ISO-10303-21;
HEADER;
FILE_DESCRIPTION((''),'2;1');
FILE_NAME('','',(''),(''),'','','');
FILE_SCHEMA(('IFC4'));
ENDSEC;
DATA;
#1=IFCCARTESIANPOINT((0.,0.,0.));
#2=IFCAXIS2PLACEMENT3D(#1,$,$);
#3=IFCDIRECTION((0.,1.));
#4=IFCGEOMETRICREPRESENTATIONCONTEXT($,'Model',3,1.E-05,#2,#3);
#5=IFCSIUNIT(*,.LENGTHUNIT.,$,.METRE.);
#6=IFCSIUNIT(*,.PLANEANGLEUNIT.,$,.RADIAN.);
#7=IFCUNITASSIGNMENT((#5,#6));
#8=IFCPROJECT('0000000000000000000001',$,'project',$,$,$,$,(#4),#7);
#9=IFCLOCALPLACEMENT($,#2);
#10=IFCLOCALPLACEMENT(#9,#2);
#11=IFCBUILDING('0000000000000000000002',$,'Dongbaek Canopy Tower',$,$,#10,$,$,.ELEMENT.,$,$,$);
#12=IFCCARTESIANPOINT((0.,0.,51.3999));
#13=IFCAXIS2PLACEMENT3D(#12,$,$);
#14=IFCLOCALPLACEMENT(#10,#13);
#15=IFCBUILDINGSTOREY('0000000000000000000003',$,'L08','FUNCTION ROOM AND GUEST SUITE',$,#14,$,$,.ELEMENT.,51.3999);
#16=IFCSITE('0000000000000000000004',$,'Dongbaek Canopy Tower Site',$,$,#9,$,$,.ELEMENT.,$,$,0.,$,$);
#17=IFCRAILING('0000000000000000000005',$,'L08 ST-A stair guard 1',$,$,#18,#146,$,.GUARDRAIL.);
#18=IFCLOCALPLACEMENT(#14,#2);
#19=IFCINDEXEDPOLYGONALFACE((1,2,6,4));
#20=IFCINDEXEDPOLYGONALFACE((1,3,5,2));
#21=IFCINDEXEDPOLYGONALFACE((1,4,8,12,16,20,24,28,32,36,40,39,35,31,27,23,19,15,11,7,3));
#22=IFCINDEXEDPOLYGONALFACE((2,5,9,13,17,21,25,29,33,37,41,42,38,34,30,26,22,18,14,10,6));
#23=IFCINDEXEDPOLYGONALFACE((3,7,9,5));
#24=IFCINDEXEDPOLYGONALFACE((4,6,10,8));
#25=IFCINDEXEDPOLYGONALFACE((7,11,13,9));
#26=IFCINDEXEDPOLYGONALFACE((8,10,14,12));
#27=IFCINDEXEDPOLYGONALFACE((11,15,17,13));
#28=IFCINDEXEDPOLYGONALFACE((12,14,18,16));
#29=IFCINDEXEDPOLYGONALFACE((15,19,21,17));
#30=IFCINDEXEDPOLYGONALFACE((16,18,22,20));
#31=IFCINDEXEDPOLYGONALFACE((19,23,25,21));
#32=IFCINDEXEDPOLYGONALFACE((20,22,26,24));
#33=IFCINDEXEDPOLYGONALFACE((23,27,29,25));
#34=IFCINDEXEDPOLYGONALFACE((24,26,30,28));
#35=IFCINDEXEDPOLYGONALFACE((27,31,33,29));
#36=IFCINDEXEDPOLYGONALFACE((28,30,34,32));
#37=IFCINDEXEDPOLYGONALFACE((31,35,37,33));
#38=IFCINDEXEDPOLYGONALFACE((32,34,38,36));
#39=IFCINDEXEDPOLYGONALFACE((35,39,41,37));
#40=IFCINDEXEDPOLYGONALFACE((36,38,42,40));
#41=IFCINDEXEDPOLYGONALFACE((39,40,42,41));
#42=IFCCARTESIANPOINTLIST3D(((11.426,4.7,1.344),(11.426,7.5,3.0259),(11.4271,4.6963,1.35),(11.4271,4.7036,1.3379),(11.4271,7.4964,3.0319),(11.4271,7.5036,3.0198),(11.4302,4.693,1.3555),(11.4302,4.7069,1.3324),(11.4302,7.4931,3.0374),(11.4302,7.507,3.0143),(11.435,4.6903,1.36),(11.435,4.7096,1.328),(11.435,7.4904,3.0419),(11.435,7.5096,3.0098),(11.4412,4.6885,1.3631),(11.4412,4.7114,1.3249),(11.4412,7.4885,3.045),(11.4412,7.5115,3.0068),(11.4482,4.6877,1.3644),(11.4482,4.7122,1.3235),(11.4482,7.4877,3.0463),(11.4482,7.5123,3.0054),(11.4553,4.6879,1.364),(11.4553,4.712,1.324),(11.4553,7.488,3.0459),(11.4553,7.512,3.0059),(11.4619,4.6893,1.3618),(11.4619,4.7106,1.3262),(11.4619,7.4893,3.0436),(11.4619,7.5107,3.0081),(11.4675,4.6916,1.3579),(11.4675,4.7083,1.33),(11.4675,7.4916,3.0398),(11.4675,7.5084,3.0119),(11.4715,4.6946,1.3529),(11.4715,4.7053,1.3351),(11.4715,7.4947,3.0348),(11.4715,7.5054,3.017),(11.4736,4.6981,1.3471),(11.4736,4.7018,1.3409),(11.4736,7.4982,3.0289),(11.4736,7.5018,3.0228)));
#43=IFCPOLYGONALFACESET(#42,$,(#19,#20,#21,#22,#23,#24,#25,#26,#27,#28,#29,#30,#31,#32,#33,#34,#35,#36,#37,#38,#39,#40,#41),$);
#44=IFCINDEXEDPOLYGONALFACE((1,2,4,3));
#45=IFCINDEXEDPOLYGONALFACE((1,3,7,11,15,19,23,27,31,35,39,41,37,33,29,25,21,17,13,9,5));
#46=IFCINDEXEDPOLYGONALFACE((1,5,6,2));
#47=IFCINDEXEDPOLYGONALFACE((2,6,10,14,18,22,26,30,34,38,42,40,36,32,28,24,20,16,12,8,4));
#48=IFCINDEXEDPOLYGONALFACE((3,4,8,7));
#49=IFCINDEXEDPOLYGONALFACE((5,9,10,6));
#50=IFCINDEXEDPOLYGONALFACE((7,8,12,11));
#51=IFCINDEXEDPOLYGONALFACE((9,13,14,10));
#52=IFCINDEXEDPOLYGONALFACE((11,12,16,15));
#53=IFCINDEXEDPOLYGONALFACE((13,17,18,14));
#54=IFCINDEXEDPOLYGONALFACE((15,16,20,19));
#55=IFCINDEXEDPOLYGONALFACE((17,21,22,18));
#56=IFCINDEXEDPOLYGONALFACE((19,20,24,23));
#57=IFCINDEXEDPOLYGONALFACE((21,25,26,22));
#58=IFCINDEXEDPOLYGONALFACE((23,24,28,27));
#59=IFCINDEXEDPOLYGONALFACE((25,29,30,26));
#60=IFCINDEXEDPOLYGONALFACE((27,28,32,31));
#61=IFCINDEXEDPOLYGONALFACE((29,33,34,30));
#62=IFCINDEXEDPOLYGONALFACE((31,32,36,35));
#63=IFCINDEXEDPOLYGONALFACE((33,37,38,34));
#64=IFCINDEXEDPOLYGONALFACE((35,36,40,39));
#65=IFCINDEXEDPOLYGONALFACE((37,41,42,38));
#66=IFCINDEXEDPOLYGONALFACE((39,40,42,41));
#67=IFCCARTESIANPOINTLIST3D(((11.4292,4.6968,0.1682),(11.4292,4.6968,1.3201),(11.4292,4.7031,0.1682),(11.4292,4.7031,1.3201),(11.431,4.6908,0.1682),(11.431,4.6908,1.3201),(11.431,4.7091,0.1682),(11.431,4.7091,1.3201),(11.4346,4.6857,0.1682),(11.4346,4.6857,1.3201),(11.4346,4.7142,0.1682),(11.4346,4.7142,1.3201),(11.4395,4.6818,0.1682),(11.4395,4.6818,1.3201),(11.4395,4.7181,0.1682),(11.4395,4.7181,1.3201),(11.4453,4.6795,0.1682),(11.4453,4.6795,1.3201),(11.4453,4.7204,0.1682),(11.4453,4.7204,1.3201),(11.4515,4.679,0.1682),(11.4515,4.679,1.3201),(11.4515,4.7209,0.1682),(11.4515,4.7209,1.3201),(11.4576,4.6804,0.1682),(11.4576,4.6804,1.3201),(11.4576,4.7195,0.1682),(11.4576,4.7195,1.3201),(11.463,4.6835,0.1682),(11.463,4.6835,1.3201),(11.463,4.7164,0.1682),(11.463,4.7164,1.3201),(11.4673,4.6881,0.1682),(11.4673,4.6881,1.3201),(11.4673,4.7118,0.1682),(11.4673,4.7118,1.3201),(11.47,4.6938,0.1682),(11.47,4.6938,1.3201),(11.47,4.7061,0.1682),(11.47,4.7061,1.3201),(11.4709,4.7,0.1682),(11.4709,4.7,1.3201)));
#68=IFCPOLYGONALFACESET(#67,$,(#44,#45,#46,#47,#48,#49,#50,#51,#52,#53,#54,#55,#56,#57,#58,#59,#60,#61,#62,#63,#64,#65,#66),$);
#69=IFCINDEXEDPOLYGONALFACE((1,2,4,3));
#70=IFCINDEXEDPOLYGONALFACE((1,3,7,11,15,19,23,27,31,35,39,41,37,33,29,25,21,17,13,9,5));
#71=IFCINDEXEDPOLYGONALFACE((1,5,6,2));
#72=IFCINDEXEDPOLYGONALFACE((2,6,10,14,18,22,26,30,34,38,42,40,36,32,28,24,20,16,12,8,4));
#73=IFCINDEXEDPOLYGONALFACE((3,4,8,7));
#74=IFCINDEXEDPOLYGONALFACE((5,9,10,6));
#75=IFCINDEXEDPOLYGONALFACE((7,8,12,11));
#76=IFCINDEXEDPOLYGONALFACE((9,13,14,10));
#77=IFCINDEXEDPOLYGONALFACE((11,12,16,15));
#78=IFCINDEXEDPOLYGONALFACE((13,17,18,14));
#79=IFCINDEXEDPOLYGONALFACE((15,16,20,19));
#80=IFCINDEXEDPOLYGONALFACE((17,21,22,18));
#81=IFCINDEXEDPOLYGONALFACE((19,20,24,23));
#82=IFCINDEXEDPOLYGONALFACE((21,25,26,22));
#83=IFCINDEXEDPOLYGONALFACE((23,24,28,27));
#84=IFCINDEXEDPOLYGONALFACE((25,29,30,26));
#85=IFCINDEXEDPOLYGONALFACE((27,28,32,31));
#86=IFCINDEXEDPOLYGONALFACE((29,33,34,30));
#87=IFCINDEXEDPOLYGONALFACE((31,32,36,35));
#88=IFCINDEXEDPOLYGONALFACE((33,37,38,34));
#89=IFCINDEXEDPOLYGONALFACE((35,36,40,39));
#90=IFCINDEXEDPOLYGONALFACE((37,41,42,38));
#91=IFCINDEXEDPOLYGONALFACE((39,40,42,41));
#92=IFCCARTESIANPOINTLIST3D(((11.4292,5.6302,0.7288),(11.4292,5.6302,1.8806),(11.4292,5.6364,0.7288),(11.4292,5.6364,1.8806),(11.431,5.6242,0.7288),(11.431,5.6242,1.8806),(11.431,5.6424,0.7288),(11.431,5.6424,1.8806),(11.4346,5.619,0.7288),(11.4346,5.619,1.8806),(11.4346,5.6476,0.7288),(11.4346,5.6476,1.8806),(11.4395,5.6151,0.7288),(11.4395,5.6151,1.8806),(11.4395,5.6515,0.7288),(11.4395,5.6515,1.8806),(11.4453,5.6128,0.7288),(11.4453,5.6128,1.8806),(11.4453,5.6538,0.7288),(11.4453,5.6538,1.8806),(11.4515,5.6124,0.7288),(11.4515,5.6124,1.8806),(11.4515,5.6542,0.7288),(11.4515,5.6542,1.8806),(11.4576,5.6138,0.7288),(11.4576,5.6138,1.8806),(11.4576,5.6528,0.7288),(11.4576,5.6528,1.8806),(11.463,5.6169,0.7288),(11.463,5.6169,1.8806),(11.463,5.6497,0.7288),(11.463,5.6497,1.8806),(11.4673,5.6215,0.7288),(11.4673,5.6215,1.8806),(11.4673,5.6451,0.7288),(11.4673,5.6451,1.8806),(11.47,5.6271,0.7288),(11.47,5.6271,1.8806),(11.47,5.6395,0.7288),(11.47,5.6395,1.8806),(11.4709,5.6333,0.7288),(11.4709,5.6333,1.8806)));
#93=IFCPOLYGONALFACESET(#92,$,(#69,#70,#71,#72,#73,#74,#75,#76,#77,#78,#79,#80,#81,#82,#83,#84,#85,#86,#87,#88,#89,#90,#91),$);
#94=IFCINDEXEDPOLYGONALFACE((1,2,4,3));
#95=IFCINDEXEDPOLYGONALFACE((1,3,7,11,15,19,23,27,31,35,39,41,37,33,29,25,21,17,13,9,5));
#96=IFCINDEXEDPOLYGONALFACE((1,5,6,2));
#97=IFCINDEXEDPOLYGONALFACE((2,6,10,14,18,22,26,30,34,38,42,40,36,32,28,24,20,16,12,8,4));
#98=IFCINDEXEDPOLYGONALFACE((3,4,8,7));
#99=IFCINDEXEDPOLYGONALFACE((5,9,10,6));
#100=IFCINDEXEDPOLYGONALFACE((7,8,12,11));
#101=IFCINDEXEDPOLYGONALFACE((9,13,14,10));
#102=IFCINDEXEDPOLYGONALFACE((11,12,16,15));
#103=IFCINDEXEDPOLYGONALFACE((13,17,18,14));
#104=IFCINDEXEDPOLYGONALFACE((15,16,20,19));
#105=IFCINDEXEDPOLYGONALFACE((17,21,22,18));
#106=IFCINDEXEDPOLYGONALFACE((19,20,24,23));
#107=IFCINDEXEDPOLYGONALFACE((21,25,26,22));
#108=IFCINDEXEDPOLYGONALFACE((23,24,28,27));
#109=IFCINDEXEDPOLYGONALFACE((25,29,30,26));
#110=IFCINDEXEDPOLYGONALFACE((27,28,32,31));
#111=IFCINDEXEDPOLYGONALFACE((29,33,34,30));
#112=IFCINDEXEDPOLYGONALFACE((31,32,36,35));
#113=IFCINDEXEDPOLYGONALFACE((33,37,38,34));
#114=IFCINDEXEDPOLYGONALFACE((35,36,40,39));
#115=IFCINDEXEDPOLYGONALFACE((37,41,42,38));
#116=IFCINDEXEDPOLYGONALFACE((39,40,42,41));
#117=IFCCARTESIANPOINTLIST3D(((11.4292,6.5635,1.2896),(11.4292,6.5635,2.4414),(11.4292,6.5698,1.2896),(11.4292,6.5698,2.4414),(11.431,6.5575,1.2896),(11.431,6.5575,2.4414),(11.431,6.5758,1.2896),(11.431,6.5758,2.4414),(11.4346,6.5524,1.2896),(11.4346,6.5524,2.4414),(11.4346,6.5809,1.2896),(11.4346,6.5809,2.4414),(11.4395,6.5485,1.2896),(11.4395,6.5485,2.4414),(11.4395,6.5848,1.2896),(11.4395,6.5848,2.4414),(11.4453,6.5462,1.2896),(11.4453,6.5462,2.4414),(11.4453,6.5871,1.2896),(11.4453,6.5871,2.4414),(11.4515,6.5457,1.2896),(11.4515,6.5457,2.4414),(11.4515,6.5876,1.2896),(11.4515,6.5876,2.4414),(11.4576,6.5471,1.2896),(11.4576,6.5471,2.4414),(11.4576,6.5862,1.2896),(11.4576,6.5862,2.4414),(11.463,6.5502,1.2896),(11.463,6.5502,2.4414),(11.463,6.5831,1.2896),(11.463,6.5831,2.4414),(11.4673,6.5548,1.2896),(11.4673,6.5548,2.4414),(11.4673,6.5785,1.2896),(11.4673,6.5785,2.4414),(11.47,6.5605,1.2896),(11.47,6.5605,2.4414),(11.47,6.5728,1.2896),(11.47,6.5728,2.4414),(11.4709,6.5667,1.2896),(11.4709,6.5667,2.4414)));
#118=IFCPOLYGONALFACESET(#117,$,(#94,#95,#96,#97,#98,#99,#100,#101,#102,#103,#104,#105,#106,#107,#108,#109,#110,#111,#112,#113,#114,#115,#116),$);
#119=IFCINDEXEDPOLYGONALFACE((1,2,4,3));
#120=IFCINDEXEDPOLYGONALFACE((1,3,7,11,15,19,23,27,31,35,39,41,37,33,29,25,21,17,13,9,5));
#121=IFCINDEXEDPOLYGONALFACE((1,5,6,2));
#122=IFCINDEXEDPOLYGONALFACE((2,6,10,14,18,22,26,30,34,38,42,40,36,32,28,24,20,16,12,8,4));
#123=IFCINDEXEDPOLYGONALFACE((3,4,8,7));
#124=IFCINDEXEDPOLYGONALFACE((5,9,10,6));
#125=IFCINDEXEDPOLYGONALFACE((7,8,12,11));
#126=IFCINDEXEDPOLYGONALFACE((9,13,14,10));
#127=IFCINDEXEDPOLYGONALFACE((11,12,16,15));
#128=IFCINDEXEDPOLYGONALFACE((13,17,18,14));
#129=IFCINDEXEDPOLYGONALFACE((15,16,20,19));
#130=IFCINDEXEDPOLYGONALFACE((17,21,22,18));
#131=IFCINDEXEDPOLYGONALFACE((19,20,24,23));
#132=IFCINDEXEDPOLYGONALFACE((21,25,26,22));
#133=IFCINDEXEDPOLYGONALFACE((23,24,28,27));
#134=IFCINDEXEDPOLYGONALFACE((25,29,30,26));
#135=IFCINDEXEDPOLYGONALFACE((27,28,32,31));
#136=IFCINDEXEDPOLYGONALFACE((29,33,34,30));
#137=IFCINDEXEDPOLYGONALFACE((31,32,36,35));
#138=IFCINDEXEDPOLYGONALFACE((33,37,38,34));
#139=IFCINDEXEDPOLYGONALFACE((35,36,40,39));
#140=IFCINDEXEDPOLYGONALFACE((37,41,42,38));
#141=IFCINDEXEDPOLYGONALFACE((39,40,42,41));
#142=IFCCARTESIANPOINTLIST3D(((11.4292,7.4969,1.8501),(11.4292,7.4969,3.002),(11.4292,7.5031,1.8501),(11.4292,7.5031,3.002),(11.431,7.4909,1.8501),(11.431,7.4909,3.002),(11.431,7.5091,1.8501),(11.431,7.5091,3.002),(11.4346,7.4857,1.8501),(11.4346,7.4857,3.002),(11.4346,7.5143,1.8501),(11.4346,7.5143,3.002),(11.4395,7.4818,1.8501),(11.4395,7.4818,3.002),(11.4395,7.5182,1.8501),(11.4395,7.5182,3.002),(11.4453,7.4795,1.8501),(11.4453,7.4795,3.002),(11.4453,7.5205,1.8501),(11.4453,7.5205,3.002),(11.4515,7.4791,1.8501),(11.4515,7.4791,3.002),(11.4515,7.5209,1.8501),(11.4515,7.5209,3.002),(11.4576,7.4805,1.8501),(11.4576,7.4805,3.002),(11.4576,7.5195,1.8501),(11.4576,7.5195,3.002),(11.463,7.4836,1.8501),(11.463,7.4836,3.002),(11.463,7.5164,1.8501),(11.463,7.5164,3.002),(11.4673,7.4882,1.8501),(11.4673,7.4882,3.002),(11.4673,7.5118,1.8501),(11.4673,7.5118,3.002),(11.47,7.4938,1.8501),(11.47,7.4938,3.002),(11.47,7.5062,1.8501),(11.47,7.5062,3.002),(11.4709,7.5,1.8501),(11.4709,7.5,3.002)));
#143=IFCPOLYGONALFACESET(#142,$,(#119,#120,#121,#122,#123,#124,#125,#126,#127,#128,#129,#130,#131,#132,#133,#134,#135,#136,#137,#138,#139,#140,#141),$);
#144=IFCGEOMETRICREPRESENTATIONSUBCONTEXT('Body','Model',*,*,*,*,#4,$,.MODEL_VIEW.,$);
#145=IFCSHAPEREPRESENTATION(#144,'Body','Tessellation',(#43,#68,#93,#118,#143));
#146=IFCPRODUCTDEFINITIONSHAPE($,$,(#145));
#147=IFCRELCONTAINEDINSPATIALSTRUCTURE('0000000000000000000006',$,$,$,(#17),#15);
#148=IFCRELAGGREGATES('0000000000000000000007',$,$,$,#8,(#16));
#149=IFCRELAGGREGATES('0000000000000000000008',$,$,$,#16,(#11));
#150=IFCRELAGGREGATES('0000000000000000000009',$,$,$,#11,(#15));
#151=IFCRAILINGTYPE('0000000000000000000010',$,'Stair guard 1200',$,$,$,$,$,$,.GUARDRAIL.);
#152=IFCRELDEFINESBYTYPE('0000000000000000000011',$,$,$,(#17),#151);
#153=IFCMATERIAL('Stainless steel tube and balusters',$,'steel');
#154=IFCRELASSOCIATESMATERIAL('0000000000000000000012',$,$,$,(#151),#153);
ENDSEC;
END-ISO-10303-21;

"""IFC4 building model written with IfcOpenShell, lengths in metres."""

from ifc_helpers import new_model, si_unit, direction, frame, origin, origin_2d, place, context, subcontext, project, spatial, circle, extrude, material, type_object, element, save


model = new_model("IFC4")

# Units and contexts
model_context = context("Model", 3, precision=1e-05, world=origin(), true_north=direction((0.0, 1.0)))
body_context = subcontext(model_context, "Body", "Model", "MODEL_VIEW")
ifc_project = project(units=[si_unit("LENGTHUNIT", "METRE"), si_unit("PLANEANGLEUNIT", "RADIAN")], contexts=[model_context])

# Site, building, storey
site_placement = place(None, origin())
site = spatial("IfcSite", under=ifc_project, at=site_placement, Name="Dongbaek Canopy Tower Site", CompositionType="ELEMENT", RefElevation=0.0)
building_placement = place(site_placement, origin())
building = spatial("IfcBuilding", under=site, at=building_placement, Name="Dongbaek Canopy Tower", CompositionType="ELEMENT")
storey_placement = place(building_placement, frame((0.0, 0.0, 51.3999)))
storey = spatial("IfcBuildingStorey", under=building, at=storey_placement, Name="L08", Description="FUNCTION ROOM AND GUEST SUITE", CompositionType="ELEMENT", Elevation=51.3999)

# Railing
ifc_material_1 = material(Name="Stainless steel tube and balusters", Category="steel")
railing_type_1 = type_object("IfcRailingType", Name="Stair guard 1200", PredefinedType="GUARDRAIL", material=ifc_material_1)
railing_1_placement = place(storey_placement, frame((11.45, 4.7, 0.1682)))
element("IfcRailing", 1, at=railing_1_placement, inside=storey, type_object=railing_type_1, Name="L08 ST-A stair guard 1", PredefinedType="GUARDRAIL", context=body_context, shape_type="SweptSolid", body=[
    extrude(circle(Radius=0.0239, at=origin_2d()), frame((0.0, 0.0, 1.1758), z_axis=(0.0, 0.857242, 0.514913), x_axis=(-1.0, 0.0, 0.0)), (0.0, 0.0, 1.0), 3.2664),
    extrude(circle(Radius=0.021, at=origin_2d()), origin(), (0.0, 0.0, 1.0), 1.1519),
    extrude(circle(Radius=0.021, at=origin_2d()), frame((0.0, 0.9333, 0.5605)), (0.0, 0.0, 1.0), 1.1519),
    extrude(circle(Radius=0.021, at=origin_2d()), frame((0.0, 1.8667, 1.1213)), (0.0, 0.0, 1.0), 1.1519),
    extrude(circle(Radius=0.021, at=origin_2d()), frame((0.0, 2.8, 1.6819)), (0.0, 0.0, 1.0), 1.1519),
])

save(model, "model.ifc")
